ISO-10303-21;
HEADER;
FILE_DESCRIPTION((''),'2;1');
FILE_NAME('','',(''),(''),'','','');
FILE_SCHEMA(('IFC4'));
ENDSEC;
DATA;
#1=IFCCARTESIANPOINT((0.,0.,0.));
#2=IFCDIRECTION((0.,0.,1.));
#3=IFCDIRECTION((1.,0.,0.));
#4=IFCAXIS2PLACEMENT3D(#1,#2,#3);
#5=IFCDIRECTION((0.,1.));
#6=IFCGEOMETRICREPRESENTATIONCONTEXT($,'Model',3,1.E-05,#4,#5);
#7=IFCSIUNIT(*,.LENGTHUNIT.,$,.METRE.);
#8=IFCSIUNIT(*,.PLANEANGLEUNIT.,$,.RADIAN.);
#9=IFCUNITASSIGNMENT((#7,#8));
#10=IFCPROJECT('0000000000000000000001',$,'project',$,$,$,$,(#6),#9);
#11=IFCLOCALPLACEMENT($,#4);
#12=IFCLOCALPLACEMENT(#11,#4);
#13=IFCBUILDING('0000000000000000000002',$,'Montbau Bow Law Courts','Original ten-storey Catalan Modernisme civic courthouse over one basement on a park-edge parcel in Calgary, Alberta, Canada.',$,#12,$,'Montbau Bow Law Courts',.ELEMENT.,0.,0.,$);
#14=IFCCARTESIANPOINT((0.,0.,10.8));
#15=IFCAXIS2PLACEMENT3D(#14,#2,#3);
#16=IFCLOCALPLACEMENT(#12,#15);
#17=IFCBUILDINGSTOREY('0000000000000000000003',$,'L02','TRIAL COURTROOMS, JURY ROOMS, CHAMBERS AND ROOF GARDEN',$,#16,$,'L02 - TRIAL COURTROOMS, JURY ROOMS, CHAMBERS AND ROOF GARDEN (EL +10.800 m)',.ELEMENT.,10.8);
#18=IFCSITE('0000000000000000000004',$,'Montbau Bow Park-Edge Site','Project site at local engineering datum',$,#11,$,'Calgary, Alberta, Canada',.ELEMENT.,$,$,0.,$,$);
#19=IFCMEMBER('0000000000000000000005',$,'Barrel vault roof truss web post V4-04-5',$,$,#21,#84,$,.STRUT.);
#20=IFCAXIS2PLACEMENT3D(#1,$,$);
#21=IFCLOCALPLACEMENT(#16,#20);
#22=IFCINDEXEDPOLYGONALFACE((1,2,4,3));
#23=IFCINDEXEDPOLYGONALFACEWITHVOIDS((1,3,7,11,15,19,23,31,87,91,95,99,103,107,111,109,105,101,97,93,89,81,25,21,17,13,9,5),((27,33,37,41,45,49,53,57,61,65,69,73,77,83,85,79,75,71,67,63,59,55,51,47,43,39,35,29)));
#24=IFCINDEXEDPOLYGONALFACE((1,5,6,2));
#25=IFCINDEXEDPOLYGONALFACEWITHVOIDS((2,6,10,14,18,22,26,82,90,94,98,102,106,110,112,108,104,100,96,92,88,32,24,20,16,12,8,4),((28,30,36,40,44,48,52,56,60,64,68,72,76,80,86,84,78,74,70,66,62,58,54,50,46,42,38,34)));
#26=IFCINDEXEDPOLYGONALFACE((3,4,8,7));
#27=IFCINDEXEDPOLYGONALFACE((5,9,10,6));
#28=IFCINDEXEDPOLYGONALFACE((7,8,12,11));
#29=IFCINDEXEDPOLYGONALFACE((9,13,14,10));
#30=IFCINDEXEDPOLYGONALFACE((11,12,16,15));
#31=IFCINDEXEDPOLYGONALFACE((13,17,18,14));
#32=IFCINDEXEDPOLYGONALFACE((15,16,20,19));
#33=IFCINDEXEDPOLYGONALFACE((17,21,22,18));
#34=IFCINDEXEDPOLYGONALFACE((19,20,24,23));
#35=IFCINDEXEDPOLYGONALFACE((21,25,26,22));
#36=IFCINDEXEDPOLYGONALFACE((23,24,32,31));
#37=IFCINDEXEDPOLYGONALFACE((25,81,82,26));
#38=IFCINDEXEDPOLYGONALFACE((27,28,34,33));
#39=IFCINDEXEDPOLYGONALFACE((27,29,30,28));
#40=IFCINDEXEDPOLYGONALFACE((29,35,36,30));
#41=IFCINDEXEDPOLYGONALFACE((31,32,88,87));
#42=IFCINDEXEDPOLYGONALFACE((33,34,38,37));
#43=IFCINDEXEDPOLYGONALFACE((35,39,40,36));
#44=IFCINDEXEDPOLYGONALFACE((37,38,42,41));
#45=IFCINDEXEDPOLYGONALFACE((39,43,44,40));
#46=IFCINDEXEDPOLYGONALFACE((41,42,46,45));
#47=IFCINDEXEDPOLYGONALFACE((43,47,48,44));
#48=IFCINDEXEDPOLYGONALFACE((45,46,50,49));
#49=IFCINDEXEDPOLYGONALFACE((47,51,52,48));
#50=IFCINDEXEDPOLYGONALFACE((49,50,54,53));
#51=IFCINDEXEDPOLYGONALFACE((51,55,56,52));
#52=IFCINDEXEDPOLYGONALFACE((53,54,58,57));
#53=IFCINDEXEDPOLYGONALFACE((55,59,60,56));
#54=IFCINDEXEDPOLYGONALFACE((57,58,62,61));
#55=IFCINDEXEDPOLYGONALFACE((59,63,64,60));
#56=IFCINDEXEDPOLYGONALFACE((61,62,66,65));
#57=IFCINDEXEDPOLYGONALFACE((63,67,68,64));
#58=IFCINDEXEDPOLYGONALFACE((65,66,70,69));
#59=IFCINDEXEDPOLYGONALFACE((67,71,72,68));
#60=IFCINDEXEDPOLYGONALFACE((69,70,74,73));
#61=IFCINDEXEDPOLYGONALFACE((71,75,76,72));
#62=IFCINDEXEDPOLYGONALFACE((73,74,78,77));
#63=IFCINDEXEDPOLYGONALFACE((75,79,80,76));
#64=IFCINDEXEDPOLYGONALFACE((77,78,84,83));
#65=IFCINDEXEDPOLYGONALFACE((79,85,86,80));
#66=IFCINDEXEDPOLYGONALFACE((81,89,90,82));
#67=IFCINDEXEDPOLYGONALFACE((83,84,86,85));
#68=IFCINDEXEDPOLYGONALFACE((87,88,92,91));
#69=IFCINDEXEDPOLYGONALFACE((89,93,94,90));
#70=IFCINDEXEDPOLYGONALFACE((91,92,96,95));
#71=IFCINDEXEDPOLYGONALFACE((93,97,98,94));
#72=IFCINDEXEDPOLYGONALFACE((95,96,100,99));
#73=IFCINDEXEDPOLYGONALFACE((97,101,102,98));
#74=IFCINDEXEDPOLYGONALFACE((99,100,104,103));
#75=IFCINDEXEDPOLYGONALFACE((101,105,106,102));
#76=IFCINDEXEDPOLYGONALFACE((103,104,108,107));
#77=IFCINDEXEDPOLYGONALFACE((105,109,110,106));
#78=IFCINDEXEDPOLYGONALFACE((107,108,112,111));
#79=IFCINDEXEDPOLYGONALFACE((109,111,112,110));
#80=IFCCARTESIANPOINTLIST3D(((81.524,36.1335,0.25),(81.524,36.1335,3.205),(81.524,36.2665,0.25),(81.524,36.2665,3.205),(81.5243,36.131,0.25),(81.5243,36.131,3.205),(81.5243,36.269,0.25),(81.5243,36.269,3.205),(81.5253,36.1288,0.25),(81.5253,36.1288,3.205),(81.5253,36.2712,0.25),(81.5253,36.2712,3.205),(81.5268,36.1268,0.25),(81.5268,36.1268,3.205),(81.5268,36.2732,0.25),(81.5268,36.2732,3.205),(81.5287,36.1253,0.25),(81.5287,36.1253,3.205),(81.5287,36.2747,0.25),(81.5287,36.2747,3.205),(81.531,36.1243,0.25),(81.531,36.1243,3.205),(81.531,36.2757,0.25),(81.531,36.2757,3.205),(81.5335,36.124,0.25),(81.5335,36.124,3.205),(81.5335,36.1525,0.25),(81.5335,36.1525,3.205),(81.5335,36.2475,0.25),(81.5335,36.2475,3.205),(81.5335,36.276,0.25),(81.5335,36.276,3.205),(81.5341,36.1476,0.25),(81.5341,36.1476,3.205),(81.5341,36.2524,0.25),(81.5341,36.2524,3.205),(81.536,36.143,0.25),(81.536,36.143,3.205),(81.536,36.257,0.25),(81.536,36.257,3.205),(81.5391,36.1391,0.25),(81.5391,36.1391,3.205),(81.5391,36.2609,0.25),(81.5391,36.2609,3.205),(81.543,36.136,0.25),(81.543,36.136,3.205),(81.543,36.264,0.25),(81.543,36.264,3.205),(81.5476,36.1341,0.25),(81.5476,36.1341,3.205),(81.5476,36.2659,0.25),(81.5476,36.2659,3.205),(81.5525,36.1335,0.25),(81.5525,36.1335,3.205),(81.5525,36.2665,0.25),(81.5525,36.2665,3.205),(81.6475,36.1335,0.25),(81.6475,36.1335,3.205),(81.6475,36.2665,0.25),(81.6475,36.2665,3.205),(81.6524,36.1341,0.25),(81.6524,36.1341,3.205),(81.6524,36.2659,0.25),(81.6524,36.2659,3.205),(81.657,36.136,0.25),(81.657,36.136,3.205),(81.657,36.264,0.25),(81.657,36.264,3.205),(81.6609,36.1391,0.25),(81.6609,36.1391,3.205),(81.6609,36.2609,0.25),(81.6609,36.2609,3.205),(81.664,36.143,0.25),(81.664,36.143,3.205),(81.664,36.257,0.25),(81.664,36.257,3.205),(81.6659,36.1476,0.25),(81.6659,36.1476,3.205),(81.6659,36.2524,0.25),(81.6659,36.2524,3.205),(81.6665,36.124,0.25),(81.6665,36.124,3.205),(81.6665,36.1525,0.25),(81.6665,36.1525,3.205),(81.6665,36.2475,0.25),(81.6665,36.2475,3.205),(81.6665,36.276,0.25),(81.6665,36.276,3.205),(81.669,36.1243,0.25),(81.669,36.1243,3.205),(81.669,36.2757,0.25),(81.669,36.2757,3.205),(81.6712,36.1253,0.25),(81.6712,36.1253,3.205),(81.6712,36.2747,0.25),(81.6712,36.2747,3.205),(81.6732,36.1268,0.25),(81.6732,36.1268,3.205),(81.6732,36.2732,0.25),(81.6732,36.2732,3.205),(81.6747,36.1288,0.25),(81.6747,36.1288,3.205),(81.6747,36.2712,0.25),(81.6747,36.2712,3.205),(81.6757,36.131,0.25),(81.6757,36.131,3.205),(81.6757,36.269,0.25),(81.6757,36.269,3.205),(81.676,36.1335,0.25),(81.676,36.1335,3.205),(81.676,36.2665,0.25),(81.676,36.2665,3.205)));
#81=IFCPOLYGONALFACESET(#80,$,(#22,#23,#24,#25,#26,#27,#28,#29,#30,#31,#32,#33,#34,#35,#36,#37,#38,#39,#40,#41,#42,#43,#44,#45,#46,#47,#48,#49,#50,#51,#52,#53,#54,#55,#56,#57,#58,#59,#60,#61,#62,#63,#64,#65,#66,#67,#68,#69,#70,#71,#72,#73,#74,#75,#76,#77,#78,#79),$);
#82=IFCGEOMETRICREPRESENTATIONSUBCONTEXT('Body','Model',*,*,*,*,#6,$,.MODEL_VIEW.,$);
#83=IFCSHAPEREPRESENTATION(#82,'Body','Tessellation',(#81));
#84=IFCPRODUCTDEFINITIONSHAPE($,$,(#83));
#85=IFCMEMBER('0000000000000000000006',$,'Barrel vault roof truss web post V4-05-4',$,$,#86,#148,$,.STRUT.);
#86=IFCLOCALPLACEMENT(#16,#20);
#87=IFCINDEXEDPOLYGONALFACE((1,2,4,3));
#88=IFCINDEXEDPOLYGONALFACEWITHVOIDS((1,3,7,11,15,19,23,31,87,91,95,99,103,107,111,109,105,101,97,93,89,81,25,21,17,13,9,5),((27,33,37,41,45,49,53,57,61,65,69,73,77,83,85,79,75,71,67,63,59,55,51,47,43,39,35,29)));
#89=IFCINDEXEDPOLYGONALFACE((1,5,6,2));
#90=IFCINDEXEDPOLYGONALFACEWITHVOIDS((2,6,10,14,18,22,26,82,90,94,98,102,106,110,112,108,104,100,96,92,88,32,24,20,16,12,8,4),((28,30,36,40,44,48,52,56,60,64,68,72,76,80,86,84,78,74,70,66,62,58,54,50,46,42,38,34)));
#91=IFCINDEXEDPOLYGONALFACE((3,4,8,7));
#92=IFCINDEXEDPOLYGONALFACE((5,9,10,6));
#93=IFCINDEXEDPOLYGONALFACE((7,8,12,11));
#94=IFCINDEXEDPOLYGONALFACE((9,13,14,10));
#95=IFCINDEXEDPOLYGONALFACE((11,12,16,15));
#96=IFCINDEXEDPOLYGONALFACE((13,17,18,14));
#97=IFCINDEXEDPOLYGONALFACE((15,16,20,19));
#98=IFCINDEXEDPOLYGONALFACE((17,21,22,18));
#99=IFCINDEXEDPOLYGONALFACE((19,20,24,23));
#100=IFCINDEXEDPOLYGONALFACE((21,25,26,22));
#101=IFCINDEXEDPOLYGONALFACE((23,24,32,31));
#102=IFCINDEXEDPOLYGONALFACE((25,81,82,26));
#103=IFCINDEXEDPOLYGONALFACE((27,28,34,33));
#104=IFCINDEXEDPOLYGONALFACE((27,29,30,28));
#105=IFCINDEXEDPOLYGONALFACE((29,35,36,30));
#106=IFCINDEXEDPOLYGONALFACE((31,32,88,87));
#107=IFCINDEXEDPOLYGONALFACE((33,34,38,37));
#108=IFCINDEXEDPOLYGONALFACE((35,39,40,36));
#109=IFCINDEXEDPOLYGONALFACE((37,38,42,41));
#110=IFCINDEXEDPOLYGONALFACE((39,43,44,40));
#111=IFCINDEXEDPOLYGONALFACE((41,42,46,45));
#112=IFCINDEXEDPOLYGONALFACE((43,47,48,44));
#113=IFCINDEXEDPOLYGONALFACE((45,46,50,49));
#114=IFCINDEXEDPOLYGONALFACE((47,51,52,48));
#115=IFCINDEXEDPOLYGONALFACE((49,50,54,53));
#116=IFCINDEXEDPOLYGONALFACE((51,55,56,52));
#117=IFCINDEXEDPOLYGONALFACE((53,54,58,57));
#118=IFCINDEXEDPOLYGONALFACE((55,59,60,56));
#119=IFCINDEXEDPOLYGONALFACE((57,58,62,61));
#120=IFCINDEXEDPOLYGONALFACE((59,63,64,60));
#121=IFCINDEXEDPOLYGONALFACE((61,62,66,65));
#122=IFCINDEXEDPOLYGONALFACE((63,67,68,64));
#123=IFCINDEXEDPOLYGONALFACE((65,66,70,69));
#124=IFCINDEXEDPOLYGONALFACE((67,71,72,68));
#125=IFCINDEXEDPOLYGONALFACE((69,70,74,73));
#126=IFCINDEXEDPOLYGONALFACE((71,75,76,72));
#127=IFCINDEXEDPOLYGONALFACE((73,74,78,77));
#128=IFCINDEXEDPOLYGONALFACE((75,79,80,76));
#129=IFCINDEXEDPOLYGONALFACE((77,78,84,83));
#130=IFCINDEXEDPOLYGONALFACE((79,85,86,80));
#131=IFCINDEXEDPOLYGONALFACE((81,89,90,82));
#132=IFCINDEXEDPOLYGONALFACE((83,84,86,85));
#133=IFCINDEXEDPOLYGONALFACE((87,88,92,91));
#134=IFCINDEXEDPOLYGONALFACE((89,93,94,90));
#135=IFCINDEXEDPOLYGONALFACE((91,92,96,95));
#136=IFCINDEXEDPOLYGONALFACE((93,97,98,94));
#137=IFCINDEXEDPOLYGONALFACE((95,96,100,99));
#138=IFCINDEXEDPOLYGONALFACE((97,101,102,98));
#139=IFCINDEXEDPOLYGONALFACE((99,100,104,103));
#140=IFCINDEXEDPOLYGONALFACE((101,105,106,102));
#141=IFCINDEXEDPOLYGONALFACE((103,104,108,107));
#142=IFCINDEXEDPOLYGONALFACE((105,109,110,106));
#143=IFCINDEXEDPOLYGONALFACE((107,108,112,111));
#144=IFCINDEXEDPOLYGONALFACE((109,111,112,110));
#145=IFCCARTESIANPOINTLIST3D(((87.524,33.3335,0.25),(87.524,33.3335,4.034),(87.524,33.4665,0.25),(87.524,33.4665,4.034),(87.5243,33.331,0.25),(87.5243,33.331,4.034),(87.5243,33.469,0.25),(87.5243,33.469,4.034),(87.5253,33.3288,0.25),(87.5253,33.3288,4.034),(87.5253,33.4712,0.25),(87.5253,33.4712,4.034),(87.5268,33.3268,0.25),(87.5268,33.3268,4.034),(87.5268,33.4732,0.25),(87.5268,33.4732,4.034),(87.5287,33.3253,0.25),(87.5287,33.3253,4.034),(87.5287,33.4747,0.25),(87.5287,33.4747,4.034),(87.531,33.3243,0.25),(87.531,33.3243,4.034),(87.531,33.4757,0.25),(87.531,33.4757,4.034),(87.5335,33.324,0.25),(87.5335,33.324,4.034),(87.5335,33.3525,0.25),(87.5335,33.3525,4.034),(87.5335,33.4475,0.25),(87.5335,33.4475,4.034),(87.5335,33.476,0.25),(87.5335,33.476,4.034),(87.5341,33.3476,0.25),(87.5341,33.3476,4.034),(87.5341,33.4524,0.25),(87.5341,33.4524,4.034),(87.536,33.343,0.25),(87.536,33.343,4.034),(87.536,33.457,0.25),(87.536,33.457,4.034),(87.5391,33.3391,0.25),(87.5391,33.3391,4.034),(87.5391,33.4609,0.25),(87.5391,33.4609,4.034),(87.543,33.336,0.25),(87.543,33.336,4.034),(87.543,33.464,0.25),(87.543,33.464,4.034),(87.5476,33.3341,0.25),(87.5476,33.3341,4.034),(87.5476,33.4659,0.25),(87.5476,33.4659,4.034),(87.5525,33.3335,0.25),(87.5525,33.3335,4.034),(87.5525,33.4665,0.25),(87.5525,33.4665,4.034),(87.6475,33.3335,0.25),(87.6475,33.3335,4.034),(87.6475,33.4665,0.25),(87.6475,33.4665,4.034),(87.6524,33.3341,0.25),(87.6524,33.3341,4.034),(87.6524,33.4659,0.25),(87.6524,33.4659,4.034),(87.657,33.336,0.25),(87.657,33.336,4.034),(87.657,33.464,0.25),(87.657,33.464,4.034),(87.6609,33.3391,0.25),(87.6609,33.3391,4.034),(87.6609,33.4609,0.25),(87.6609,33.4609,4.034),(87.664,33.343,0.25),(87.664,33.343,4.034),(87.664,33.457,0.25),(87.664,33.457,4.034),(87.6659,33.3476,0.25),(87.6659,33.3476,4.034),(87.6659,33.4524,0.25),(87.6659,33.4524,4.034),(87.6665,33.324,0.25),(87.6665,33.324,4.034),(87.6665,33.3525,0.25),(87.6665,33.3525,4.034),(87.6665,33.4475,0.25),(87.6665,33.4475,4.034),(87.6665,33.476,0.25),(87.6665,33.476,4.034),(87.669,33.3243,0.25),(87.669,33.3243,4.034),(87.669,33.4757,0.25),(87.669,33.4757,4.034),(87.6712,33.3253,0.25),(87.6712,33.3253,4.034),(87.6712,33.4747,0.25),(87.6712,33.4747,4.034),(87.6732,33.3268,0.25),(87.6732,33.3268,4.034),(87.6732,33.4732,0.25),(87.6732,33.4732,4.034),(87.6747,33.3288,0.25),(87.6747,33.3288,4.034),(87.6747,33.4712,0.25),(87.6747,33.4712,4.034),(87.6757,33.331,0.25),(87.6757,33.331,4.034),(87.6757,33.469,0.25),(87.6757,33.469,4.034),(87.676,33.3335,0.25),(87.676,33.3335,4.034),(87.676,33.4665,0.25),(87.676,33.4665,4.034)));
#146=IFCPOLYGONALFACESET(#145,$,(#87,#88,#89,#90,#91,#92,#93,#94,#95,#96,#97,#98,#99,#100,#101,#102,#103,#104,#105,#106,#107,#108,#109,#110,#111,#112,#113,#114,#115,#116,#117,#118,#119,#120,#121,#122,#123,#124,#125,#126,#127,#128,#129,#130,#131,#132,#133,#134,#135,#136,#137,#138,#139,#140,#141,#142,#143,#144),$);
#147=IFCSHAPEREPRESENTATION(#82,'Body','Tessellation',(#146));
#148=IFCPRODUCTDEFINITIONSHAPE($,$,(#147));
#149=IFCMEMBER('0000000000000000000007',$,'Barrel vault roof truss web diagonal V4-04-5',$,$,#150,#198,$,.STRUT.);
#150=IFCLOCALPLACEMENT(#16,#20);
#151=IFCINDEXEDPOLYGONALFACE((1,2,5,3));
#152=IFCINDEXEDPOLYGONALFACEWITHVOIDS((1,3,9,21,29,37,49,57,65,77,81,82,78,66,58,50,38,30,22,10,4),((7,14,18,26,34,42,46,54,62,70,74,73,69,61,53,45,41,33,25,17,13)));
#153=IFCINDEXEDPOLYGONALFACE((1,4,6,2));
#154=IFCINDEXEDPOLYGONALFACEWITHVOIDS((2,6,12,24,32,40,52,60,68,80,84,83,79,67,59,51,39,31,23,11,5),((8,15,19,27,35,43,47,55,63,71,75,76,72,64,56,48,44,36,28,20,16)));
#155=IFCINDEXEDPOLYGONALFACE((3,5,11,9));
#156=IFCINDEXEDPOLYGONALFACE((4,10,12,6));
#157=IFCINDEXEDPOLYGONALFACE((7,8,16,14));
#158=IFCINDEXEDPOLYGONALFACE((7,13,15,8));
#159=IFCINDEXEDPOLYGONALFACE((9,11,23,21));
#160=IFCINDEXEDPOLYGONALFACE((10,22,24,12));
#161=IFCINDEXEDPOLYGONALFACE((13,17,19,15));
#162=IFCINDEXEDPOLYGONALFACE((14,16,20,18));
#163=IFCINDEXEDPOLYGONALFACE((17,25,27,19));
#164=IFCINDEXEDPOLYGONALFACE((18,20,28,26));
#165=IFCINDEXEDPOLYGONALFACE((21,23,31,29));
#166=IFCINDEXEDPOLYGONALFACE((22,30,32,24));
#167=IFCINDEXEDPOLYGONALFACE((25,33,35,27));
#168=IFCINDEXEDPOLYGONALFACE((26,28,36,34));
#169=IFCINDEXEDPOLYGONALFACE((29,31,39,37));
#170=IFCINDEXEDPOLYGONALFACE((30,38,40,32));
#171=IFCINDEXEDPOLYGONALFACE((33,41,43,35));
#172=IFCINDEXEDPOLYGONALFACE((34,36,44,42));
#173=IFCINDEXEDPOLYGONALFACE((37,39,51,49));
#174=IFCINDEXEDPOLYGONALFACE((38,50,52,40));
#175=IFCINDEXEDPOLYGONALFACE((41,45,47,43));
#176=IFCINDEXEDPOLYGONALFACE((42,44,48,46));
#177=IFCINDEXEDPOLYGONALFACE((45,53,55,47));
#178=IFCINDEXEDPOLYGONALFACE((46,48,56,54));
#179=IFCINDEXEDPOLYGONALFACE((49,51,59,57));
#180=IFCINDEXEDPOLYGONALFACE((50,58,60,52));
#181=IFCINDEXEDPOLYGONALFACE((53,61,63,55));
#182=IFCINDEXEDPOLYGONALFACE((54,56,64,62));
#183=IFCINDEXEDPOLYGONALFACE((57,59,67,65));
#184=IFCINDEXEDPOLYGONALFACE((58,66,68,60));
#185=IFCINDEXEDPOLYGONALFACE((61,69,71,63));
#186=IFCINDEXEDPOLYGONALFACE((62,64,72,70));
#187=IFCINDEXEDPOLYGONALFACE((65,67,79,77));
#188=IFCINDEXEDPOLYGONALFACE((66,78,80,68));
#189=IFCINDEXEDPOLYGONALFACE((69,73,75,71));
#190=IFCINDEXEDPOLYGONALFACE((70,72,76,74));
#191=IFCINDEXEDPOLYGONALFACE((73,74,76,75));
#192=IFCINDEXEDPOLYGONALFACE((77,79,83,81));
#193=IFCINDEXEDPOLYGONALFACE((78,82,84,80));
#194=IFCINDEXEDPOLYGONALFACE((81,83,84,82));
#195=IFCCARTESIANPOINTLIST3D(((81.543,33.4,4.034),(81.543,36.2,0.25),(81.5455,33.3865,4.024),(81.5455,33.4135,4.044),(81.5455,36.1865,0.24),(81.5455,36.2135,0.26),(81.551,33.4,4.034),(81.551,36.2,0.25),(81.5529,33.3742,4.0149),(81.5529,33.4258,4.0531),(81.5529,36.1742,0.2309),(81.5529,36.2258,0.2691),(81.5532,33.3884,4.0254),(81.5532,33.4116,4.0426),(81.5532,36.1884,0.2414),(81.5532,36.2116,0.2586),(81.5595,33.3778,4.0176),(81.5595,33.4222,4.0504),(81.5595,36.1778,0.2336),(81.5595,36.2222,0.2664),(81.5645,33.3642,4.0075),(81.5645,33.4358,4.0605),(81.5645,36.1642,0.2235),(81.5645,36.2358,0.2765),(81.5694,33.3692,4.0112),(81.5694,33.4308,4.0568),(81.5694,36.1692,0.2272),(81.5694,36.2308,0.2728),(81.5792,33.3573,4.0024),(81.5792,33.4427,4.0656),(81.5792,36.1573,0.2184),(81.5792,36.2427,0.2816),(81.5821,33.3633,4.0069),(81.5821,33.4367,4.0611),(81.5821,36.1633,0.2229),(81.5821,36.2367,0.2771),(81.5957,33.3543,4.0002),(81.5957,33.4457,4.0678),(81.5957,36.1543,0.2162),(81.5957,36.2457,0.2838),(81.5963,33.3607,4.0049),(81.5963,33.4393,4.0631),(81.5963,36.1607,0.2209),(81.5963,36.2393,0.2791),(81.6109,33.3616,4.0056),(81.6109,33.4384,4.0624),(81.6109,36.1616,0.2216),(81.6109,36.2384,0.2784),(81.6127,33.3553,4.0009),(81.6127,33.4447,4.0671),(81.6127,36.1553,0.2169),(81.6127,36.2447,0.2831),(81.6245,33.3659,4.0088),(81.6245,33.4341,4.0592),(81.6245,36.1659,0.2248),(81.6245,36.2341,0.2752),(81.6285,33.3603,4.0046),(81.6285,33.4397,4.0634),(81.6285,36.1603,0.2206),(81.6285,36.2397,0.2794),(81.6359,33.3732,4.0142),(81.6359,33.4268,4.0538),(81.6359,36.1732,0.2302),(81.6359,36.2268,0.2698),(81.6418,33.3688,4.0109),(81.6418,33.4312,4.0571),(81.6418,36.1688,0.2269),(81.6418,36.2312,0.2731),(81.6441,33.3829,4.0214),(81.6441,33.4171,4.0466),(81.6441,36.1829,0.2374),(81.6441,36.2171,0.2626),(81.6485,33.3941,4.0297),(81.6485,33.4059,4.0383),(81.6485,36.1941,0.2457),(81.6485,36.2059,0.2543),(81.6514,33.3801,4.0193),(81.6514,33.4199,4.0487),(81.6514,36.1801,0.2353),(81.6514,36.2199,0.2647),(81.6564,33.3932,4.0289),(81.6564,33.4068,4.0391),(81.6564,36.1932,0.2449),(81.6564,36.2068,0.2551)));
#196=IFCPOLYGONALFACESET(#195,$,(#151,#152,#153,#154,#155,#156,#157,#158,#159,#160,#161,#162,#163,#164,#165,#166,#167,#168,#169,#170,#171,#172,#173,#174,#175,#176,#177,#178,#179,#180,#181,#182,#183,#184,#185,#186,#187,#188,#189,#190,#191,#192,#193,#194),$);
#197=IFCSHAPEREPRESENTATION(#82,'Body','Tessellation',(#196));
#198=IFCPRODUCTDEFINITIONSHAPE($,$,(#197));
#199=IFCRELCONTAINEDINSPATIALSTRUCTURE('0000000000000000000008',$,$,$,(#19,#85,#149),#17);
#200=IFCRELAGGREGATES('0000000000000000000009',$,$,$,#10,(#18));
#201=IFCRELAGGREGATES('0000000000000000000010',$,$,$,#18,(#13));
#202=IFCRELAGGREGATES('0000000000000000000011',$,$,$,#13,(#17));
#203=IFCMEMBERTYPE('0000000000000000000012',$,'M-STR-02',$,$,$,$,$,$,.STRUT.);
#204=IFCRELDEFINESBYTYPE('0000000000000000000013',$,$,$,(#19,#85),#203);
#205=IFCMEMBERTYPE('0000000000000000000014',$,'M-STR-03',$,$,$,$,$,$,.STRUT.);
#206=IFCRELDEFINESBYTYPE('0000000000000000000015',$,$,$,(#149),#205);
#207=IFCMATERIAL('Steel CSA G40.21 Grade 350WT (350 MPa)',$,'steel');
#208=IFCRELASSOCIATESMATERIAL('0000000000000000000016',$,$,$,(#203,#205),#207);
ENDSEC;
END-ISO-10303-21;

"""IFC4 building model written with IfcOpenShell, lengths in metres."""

from ifc_helpers import new_model, si_unit, direction, frame, origin_with_axes, origin_2d_with_axis, place, context, subcontext, project, spatial, hollow_rectangle, hollow_circle, extrude, material, material_profile, profile_set, type_object, element, save


model = new_model("IFC4")

# Units and contexts
model_context = context("Model", 3, precision=1e-05, world=origin_with_axes(), true_north=direction((0.0, 1.0)))
body_context = subcontext(model_context, "Body", "Model", "MODEL_VIEW")
ifc_project = project(units=[si_unit("LENGTHUNIT", "METRE"), si_unit("PLANEANGLEUNIT", "RADIAN")], contexts=[model_context])

# Site, building, storey
site_placement = place(None, origin_with_axes())
site = spatial("IfcSite", under=ifc_project, at=site_placement, Name="Montbau Bow Park-Edge Site", Description="Project site at local engineering datum", LongName="Calgary, Alberta, Canada", CompositionType="ELEMENT", RefElevation=0.0)
building_placement = place(site_placement, origin_with_axes())
building = spatial("IfcBuilding", under=site, at=building_placement, Name="Montbau Bow Law Courts", Description="Original ten-storey Catalan Modernisme civic courthouse over one basement on a park-edge parcel in Calgary, Alberta, Canada.", LongName="Montbau Bow Law Courts", CompositionType="ELEMENT", ElevationOfRefHeight=0.0, ElevationOfTerrain=0.0)
storey_placement = place(building_placement, frame((0.0, 0.0, 10.8), z_axis=(0.0, 0.0, 1.0), x_axis=(1.0, 0.0, 0.0)))
storey = spatial("IfcBuildingStorey", under=building, at=storey_placement, Name="L02", Description="TRIAL COURTROOMS, JURY ROOMS, CHAMBERS AND ROOF GARDEN", LongName="L02 - TRIAL COURTROOMS, JURY ROOMS, CHAMBERS AND ROOF GARDEN (EL +10.800 m)", CompositionType="ELEMENT", Elevation=10.8)

# Shared definitions
ifc_material_1 = material(Name="Steel CSA G40.21 Grade 350WT (350 MPa)", Category="steel")

# Members
ifc_material_profile_1 = material_profile(ifc_material_1, hollow_rectangle(XDim=0.152, YDim=0.152, WallThickness=0.0095, InnerFilletRadius=0.019, OuterFilletRadius=0.0095, at=origin_2d_with_axis()), Name="HSS152X152X9.5", Category="Main", Priority=0)
ifc_profile_set_1 = profile_set([ifc_material_profile_1], Name="Steel CSA G40.21 Grade 350WT (350 MPa)")
member_type_1 = type_object("IfcMemberType", Name="M-STR-02", PredefinedType="STRUT", material=ifc_profile_set_1)
member_1_placement = place(None, frame((81.6, 36.2, 11.05), z_axis=(0.0, 0.0, 1.0), x_axis=(1.0, 0.0, 0.0)))
element("IfcMember", 1, at=member_1_placement, inside=storey, type_object=member_type_1, Name="Barrel vault roof truss web post V4-04-5", PredefinedType="STRUT", context=body_context, shape_type="SweptSolid", body=[
    extrude(hollow_rectangle(XDim=0.152, YDim=0.152, WallThickness=0.0095, InnerFilletRadius=0.019, OuterFilletRadius=0.0095, at=origin_2d_with_axis()), origin_with_axes(), (0.0, 0.0, 1.0), 2.955),
])
member_2_placement = place(None, frame((87.6, 33.4, 11.05), z_axis=(0.0, 0.0, 1.0), x_axis=(1.0, 0.0, 0.0)))
element("IfcMember", 2, at=member_2_placement, inside=storey, type_object=member_type_1, Name="Barrel vault roof truss web post V4-05-4", PredefinedType="STRUT", context=body_context, shape_type="SweptSolid", body=[
    extrude(hollow_rectangle(XDim=0.152, YDim=0.152, WallThickness=0.0095, InnerFilletRadius=0.019, OuterFilletRadius=0.0095, at=origin_2d_with_axis()), origin_with_axes(), (0.0, 0.0, 1.0), 3.784),
])
ifc_material_profile_2 = material_profile(ifc_material_1, hollow_circle(Radius=0.057, WallThickness=0.008, at=origin_2d_with_axis()), Name="HSS114X8.0", Category="Main", Priority=0)
ifc_profile_set_2 = profile_set([ifc_material_profile_2], Name="Steel CSA G40.21 Grade 350WT (350 MPa)")
member_type_2 = type_object("IfcMemberType", Name="M-STR-03", PredefinedType="STRUT", material=ifc_profile_set_2)
member_3_placement = place(None, frame((81.6, 33.4, 14.834), z_axis=(0.0, 0.594821, -0.803858), x_axis=(-1.0, 0.0, 0.0)))
element("IfcMember", 3, at=member_3_placement, inside=storey, type_object=member_type_2, Name="Barrel vault roof truss web diagonal V4-04-5", PredefinedType="STRUT", context=body_context, shape_type="SweptSolid", body=[
    extrude(hollow_circle(Radius=0.057, WallThickness=0.008, at=origin_2d_with_axis()), origin_with_axes(), (0.0, 0.0, 1.0), 4.7073),
])

save(model, "model.ifc")
